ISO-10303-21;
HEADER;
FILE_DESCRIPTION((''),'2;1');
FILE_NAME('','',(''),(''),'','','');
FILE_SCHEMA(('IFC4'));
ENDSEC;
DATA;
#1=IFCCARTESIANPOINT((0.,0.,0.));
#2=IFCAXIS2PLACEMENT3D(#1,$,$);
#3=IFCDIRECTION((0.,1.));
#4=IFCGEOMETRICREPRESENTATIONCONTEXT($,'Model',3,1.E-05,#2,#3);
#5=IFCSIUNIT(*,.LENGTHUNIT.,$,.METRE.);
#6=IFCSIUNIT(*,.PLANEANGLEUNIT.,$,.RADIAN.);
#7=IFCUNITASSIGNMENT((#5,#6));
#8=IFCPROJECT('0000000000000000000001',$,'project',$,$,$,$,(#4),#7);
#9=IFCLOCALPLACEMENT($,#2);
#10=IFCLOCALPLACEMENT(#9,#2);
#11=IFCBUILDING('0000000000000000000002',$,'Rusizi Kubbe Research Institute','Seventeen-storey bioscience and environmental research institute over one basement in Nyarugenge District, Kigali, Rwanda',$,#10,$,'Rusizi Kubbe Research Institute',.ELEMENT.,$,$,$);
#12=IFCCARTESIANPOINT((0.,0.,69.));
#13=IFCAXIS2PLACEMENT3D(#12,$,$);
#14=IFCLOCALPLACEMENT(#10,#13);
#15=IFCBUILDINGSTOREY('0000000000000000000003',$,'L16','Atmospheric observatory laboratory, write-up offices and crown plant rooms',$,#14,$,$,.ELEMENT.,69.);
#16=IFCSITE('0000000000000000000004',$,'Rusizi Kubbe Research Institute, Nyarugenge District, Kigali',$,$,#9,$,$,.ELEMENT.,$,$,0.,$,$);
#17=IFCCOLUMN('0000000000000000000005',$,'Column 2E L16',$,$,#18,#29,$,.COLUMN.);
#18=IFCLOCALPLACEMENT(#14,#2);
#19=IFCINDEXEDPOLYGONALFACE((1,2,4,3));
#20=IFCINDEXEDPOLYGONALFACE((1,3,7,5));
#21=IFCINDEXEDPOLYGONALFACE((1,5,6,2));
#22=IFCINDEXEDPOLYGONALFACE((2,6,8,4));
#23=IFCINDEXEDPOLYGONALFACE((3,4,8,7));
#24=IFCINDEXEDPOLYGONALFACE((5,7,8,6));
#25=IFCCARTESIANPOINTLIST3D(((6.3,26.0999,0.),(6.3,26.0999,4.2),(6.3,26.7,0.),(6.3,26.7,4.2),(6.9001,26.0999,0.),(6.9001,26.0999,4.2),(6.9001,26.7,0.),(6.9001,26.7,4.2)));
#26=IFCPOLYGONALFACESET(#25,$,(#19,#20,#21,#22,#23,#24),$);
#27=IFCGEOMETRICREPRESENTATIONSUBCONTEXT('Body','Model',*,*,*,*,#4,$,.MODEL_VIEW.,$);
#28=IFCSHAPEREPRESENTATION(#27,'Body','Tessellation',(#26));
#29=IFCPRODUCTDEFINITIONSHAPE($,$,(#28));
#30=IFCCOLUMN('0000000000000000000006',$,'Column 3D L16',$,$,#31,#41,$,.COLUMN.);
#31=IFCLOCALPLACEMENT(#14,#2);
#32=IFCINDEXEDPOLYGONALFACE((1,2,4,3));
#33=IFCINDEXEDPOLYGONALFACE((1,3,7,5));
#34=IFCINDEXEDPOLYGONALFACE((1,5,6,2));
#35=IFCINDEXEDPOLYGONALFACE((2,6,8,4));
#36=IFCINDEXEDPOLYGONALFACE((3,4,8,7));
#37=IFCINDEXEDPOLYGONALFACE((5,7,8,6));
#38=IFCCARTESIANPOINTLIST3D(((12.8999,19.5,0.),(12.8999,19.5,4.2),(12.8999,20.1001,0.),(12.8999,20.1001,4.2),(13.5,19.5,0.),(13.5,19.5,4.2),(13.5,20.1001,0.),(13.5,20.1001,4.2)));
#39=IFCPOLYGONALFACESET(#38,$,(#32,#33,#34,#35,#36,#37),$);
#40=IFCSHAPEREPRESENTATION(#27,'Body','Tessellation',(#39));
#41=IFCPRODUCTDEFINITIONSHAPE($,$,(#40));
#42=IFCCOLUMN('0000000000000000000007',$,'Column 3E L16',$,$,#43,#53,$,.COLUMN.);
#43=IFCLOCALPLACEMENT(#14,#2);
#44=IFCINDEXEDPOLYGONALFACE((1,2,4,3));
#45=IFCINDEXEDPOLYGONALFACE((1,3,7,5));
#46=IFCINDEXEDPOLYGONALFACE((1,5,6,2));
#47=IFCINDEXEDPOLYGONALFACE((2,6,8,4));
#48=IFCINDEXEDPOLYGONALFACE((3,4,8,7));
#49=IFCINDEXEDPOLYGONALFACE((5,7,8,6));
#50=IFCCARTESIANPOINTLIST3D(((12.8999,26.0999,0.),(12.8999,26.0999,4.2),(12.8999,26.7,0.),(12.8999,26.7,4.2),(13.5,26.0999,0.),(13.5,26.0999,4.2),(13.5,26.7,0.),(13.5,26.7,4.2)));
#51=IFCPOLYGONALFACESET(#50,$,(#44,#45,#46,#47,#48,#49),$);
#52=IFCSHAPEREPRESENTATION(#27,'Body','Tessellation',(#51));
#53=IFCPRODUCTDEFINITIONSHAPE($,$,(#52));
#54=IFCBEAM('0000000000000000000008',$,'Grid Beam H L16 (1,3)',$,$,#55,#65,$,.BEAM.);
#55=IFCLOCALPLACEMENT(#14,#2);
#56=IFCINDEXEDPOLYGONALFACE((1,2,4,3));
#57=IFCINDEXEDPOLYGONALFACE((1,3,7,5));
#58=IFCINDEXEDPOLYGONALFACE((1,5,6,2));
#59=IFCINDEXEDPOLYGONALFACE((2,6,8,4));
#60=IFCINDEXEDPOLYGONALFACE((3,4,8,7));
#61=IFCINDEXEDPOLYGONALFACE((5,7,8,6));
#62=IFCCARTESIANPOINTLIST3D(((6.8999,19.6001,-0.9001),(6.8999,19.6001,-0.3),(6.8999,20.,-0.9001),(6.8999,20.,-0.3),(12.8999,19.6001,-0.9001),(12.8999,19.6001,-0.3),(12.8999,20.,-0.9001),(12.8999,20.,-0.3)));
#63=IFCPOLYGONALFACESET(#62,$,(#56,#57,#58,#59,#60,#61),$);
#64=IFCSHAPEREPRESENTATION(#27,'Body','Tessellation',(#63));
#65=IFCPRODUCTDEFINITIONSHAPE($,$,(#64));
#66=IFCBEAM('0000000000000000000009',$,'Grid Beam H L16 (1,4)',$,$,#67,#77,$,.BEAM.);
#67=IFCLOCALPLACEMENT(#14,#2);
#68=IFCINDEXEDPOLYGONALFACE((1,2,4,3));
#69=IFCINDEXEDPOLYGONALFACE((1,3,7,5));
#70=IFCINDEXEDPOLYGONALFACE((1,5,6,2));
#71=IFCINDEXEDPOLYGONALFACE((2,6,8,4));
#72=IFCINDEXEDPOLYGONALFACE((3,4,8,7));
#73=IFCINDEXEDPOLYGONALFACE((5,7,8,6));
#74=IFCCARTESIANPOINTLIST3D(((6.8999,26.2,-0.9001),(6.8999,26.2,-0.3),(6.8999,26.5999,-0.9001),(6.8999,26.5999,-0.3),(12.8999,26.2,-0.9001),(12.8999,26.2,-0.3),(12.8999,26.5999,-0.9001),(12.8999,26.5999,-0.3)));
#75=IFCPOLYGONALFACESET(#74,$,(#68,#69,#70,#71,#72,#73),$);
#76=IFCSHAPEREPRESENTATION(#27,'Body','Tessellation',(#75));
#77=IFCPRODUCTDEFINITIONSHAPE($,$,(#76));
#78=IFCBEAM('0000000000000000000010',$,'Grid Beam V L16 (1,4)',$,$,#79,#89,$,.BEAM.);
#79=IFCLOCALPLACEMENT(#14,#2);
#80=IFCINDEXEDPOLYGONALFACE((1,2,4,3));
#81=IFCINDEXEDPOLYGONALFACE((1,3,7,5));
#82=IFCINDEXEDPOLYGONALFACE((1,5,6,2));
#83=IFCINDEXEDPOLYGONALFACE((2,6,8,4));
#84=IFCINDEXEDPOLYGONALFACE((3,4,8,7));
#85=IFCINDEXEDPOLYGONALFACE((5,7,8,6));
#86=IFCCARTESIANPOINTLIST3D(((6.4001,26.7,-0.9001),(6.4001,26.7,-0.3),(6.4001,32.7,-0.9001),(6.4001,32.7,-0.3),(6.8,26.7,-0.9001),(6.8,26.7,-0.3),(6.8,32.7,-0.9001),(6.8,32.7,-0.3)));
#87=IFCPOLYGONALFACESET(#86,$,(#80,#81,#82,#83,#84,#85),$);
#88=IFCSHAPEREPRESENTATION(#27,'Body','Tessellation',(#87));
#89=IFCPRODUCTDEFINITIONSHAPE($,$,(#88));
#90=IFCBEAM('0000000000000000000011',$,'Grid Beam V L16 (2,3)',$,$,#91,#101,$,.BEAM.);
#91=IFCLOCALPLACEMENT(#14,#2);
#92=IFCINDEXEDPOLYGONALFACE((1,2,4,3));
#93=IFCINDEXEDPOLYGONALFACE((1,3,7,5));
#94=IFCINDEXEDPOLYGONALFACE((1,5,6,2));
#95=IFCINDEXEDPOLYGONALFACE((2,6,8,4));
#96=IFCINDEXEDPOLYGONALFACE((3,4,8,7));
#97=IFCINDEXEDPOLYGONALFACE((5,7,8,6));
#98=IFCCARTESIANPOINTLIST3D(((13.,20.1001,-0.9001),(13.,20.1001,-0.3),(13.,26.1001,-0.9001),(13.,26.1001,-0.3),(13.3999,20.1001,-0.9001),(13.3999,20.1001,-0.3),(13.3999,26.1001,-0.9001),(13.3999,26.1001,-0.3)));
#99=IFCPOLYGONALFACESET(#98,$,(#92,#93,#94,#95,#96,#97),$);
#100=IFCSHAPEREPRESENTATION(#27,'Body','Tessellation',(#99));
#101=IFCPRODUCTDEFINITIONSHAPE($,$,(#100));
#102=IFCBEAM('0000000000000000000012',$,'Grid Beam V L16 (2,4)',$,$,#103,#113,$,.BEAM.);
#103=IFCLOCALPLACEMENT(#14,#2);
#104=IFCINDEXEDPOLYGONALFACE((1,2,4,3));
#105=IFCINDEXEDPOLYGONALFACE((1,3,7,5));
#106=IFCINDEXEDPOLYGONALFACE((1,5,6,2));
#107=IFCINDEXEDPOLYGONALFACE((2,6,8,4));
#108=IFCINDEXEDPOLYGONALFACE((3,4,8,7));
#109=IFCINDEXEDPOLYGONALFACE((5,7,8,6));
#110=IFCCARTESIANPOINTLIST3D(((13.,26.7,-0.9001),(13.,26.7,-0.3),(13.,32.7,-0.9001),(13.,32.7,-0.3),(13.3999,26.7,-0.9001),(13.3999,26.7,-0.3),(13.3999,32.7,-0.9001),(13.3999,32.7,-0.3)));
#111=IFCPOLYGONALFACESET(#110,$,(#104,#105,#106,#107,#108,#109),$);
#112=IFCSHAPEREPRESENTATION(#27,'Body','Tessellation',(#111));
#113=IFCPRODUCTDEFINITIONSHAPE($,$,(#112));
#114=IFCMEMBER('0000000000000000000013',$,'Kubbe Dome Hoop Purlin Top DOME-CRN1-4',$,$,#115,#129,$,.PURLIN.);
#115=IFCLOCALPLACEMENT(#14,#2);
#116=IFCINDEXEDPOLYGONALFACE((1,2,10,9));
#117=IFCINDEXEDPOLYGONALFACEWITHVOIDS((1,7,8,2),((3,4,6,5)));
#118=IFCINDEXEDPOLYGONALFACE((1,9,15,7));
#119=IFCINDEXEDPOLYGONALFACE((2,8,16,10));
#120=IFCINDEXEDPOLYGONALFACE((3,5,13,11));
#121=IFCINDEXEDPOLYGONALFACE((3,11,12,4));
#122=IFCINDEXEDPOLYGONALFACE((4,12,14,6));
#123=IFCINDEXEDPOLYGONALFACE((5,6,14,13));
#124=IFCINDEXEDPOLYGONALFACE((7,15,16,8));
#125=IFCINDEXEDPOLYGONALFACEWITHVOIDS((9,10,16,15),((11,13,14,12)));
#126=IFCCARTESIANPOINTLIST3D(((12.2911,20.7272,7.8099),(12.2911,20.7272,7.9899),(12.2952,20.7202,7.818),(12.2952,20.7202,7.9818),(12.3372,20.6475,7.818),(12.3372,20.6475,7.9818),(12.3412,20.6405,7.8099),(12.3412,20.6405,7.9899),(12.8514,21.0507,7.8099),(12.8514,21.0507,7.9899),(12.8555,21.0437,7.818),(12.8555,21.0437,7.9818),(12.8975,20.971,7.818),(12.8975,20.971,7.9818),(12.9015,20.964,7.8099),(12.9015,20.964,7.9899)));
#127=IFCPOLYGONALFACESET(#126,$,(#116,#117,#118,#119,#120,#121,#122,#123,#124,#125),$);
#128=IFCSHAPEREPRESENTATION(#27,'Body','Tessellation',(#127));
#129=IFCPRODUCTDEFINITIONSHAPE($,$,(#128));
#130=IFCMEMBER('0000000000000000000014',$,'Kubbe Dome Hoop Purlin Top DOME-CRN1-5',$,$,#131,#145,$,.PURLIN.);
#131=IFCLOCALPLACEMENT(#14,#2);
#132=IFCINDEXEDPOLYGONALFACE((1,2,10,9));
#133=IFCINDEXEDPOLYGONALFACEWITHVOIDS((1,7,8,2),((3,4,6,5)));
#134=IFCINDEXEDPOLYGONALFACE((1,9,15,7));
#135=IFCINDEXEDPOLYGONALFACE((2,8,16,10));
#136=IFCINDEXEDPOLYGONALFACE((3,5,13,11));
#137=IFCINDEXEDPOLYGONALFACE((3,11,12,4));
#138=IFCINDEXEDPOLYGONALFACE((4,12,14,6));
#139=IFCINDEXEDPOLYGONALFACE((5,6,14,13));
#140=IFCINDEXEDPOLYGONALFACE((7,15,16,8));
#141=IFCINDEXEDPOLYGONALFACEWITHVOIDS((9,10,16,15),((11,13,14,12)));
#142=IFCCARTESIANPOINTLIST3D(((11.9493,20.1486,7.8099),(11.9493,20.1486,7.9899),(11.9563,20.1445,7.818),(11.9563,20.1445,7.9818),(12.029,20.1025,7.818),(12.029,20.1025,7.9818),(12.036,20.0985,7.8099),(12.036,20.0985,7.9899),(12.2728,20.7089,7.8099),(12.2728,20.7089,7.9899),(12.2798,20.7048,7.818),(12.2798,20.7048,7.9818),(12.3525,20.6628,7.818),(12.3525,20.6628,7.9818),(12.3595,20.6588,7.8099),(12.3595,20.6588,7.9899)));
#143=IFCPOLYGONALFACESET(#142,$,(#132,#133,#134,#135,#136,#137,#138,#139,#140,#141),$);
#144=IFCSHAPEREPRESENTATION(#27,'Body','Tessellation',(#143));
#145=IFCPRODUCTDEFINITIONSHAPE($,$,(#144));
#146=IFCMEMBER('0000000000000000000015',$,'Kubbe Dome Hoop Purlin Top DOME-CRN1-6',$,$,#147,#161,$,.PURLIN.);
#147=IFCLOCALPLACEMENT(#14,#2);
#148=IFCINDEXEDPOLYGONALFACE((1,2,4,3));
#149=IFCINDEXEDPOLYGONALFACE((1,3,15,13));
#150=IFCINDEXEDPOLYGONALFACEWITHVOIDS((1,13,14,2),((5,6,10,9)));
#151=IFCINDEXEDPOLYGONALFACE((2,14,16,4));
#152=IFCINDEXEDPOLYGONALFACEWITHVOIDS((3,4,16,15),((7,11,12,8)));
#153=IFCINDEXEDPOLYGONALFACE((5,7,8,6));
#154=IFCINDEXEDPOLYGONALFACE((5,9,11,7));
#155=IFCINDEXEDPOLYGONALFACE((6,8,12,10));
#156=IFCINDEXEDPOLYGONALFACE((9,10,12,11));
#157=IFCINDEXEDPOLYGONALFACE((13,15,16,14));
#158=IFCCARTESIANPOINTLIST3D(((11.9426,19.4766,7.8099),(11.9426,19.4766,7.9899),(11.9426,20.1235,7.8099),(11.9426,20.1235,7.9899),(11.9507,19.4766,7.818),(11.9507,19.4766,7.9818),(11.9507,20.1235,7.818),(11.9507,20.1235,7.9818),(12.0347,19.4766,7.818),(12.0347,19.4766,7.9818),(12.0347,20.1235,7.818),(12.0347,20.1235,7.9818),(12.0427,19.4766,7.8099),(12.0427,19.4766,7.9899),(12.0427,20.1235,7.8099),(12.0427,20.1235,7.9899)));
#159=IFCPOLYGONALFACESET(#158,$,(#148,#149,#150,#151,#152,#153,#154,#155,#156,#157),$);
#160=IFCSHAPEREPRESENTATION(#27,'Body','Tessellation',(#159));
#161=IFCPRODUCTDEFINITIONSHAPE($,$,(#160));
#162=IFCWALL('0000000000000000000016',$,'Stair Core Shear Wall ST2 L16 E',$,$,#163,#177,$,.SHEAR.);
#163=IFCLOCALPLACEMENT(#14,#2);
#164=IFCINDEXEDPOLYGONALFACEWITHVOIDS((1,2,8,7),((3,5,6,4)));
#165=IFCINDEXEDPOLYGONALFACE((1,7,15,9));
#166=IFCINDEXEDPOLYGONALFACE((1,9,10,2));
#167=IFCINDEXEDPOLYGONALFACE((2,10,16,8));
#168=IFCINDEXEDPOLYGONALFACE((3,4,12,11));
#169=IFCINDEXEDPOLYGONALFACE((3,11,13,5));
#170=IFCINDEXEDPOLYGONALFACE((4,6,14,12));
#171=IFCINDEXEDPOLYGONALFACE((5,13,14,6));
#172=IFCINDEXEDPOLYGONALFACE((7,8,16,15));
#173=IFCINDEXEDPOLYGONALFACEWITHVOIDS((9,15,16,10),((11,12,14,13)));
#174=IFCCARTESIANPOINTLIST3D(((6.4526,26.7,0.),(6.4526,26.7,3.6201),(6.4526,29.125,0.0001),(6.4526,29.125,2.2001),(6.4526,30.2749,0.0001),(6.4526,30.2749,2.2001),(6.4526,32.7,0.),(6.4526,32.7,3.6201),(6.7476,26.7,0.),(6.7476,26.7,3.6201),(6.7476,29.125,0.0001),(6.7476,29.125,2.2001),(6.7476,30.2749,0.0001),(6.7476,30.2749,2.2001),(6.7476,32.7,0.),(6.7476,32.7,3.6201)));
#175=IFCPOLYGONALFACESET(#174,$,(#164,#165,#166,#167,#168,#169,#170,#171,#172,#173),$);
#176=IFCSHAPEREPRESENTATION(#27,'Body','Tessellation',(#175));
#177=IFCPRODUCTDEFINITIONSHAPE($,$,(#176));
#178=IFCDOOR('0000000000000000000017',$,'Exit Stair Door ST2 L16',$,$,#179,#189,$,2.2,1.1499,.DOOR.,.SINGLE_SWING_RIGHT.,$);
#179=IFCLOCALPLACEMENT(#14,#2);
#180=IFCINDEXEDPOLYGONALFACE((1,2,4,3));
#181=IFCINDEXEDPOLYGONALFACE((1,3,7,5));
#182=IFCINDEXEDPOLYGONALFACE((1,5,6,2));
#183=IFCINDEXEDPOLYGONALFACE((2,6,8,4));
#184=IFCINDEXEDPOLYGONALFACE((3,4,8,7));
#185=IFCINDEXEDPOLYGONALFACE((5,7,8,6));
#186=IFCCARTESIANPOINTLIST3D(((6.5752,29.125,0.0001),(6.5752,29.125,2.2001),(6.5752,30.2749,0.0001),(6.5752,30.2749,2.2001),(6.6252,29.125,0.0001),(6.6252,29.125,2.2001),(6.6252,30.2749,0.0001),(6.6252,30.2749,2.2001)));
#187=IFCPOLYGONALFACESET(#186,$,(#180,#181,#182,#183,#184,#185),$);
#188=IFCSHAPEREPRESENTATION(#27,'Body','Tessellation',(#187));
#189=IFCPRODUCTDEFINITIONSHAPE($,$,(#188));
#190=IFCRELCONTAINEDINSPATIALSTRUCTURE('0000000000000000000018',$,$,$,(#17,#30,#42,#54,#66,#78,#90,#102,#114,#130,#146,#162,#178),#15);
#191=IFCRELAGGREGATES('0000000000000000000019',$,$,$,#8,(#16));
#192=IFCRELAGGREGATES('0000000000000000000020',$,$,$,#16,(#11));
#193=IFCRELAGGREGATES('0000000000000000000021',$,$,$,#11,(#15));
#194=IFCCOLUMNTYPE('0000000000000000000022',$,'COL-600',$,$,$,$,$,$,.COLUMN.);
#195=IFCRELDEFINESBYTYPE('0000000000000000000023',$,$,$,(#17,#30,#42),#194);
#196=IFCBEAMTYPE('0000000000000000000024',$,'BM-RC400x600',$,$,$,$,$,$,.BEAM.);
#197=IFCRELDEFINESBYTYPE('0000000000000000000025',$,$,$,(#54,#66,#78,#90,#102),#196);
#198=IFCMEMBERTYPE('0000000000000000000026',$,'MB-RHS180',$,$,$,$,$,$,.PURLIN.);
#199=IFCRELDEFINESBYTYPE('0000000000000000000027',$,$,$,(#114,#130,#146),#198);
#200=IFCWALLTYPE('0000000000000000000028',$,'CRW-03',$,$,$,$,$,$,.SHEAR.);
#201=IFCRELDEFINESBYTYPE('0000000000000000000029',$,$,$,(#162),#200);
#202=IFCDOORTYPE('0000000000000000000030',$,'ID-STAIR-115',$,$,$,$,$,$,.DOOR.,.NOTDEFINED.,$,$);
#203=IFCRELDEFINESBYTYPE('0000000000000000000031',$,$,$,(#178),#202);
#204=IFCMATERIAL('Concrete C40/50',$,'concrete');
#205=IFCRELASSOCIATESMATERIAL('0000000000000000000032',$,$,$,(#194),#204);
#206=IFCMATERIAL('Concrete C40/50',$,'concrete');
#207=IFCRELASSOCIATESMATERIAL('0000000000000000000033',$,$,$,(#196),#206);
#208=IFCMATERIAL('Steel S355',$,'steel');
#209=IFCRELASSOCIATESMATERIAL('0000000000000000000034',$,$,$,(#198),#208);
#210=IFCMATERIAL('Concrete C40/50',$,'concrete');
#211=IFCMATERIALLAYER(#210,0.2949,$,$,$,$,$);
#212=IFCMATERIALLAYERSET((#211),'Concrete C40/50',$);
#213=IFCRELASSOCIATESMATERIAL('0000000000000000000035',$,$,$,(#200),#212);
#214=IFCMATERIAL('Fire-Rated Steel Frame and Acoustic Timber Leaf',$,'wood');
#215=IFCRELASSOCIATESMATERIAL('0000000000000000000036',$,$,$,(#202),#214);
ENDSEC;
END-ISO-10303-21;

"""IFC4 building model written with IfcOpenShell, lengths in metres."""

from ifc_helpers import new_model, si_unit, direction, frame, frame_2d, origin, origin_2d, place, context, subcontext, project, spatial, rectangle, hollow_rectangle, extrude, material, layer, layer_set, material_profile, profile_set, type_object, element, fill, save


model = new_model("IFC4")

# Units and contexts
model_context = context("Model", 3, precision=1e-05, world=origin(), true_north=direction((0.0, 1.0)))
body_context = subcontext(model_context, "Body", "Model", "MODEL_VIEW")
ifc_project = project(units=[si_unit("LENGTHUNIT", "METRE"), si_unit("PLANEANGLEUNIT", "RADIAN")], contexts=[model_context])

# Site, building, storey
site_placement = place(None, origin())
site = spatial("IfcSite", under=ifc_project, at=site_placement, Name="Rusizi Kubbe Research Institute, Nyarugenge District, Kigali", CompositionType="ELEMENT", RefElevation=0.0)
building_placement = place(site_placement, origin())
building = spatial("IfcBuilding", under=site, at=building_placement, Name="Rusizi Kubbe Research Institute", Description="Seventeen-storey bioscience and environmental research institute over one basement in Nyarugenge District, Kigali, Rwanda", LongName="Rusizi Kubbe Research Institute", CompositionType="ELEMENT")
storey_placement = place(building_placement, frame((0.0, 0.0, 69.0)))
storey = spatial("IfcBuildingStorey", under=building, at=storey_placement, Name="L16", Description="Atmospheric observatory laboratory, write-up offices and crown plant rooms", CompositionType="ELEMENT", Elevation=69.0)

# Columns
ifc_material_1 = material(Name="Concrete C40/50", Category="concrete")
ifc_material_profile_1 = material_profile(ifc_material_1, rectangle(XDim=0.6001, YDim=0.6001, at=origin_2d()), Name="RC600x600")
ifc_profile_set_1 = profile_set([ifc_material_profile_1], Name="Concrete C40/50")
column_type = type_object("IfcColumnType", Name="COL-600", PredefinedType="COLUMN", material=ifc_profile_set_1)
for number, where, z_axis, x_axis, name in (
    (1, (6.6001, 26.3999, 0.0), (0.0, 0.0, 1.0), (1.0, 0.0, 0.0), "Column 2E L16"),
    (2, (13.2, 19.8, 0.0), (0.0, 0.0, 1.0), (1.0, 0.0, 0.0), "Column 3D L16"),
    (3, (13.2, 26.3999, 0.0), (0.0, 0.0, 1.0), (1.0, 0.0, 0.0), "Column 3E L16"),
):
    element("IfcColumn", number, at=place(storey_placement, frame(where, z_axis=z_axis, x_axis=x_axis)), inside=storey, type_object=column_type, Name=name, PredefinedType="COLUMN", context=body_context, shape_type="SweptSolid", body=[
        extrude(rectangle(XDim=0.6001, YDim=0.6001, at=origin_2d()), origin(), (0.0, 0.0, 1.0), 4.2),
    ])

# Beams
ifc_material_2 = material(Name="Concrete C40/50", Category="concrete")
ifc_material_profile_2 = material_profile(ifc_material_2, rectangle(XDim=0.3999, YDim=0.6001, at=origin_2d()), Name="RC400x600")
ifc_profile_set_2 = profile_set([ifc_material_profile_2], Name="Concrete C40/50")
beam_type = type_object("IfcBeamType", Name="BM-RC400x600", PredefinedType="BEAM", material=ifc_profile_set_2)
for number, where, z_axis, x_axis, name in (
    (4, (6.8999, 19.8, -0.6001), (1.0, 0.0, 0.0), (0.0, 1.0, 0.0), "Grid Beam H L16 (1,3)"),
    (5, (6.8999, 26.3999, -0.6001), (1.0, 0.0, 0.0), (0.0, 1.0, 0.0), "Grid Beam H L16 (1,4)"),
    (6, (6.6001, 26.7, -0.6001), (0.0, 1.0, 0.0), (-1.0, 0.0, 0.0), "Grid Beam V L16 (1,4)"),
    (7, (13.2, 20.1001, -0.6001), (0.0, 1.0, 0.0), (-1.0, 0.0, 0.0), "Grid Beam V L16 (2,3)"),
    (8, (13.2, 26.7, -0.6001), (0.0, 1.0, 0.0), (-1.0, 0.0, 0.0), "Grid Beam V L16 (2,4)"),
):
    element("IfcBeam", number, at=place(storey_placement, frame(where, z_axis=z_axis, x_axis=x_axis)), inside=storey, type_object=beam_type, Name=name, PredefinedType="BEAM", context=body_context, shape_type="SweptSolid", body=[
        extrude(rectangle(XDim=0.3999, YDim=0.6001, at=origin_2d()), origin(), (0.0, 0.0, 1.0), 6.0),
    ])

# Members
ifc_material_3 = material(Name="Steel S355", Category="steel")
ifc_material_profile_3 = material_profile(ifc_material_3, hollow_rectangle(XDim=0.1001, YDim=0.1799, WallThickness=0.0081, at=origin_2d()), Name="RHS 180x100x8.0")
ifc_profile_set_3 = profile_set([ifc_material_profile_3], Name="Steel S355")
member_type = type_object("IfcMemberType", Name="MB-RHS180", PredefinedType="PURLIN", material=ifc_profile_set_3)
for number, where, z_axis, x_axis, name in (
    (9, (12.8765, 21.0073, 7.8999), (-0.866028, -0.499995, 0.0), (0.499995, -0.866028, 0.0), "Kubbe Dome Hoop Purlin Top DOME-CRN1-4"),
    (10, (12.3162, 20.6838, 7.8999), (-0.499995, -0.866028, 0.0), (0.866028, -0.499995, 0.0), "Kubbe Dome Hoop Purlin Top DOME-CRN1-5"),
    (11, (11.9927, 20.1235, 7.8999), (0.0, -1.0, 0.0), (1.0, 0.0, 0.0), "Kubbe Dome Hoop Purlin Top DOME-CRN1-6"),
):
    element("IfcMember", number, at=place(storey_placement, frame(where, z_axis=z_axis, x_axis=x_axis)), inside=storey, type_object=member_type, Name=name, PredefinedType="PURLIN", context=body_context, shape_type="SweptSolid", body=[
        extrude(hollow_rectangle(XDim=0.1001, YDim=0.1799, WallThickness=0.0081, at=origin_2d()), origin(), (0.0, 0.0, 1.0), 0.647),
    ])

# Wall, opening, door
ifc_material_4 = material(Name="Concrete C40/50", Category="concrete")
ifc_layer_1 = layer(ifc_material_4, 0.2949)
ifc_layer_set_1 = layer_set([ifc_layer_1], Name="Concrete C40/50")
wall_type_1 = type_object("IfcWallType", Name="CRW-03", PredefinedType="SHEAR", material=ifc_layer_set_1)
wall_1_placement = place(storey_placement, frame((6.6001, 26.7, 0.0), z_axis=(0.0, 0.0, 1.0), x_axis=(0.0, 1.0, 0.0)))
wall_1 = element("IfcWall", 12, at=wall_1_placement, inside=storey, type_object=wall_type_1, Name="Stair Core Shear Wall ST2 L16 E", PredefinedType="SHEAR", context=body_context, shape_type="SweptSolid", body=[
    extrude(rectangle(XDim=6.0, YDim=0.2949, at=frame_2d((3.0, 0.0))), origin(), (0.0, 0.0, 1.0), 3.6201),
])
opening_1_placement = place(wall_1_placement, frame((2.425, 0.0, 0.0)))
opening_1 = element("IfcOpeningElement", 13, at=opening_1_placement, cuts=wall_1, PredefinedType="OPENING", context=body_context, shape_type="SweptSolid", body=[
    extrude(rectangle(XDim=1.1499, YDim=2.2, at=frame_2d((0.575, 1.1001))), frame((0.0, 0.1575, 0.0), z_axis=(0.0, -1.0, 0.0), x_axis=(1.0, 0.0, 0.0)), (0.0, 0.0, 1.0), 0.3149),
])
ifc_material_5 = material(Name="Fire-Rated Steel Frame and Acoustic Timber Leaf", Category="wood")
door_type_1 = type_object("IfcDoorType", Name="ID-STAIR-115", OperationType="NOTDEFINED", PredefinedType="DOOR", material=ifc_material_5)
door_1_placement = place(opening_1_placement, origin())
door_1 = element("IfcDoor", 14, at=door_1_placement, inside=storey, type_object=door_type_1, Name="Exit Stair Door ST2 L16", OperationType="SINGLE_SWING_RIGHT", OverallHeight=2.2, OverallWidth=1.1499, PredefinedType="DOOR", context=body_context, shape_type="SweptSolid", body=[
    extrude(rectangle(XDim=1.1499, YDim=2.2, at=frame_2d((0.575, 1.1001))), frame((0.0, 0.0249, 0.0), z_axis=(0.0, -1.0, 0.0), x_axis=(1.0, 0.0, 0.0)), (0.0, 0.0, 1.0), 0.05),
])
fill(opening_1, door_1)

save(model, "model.ifc")
